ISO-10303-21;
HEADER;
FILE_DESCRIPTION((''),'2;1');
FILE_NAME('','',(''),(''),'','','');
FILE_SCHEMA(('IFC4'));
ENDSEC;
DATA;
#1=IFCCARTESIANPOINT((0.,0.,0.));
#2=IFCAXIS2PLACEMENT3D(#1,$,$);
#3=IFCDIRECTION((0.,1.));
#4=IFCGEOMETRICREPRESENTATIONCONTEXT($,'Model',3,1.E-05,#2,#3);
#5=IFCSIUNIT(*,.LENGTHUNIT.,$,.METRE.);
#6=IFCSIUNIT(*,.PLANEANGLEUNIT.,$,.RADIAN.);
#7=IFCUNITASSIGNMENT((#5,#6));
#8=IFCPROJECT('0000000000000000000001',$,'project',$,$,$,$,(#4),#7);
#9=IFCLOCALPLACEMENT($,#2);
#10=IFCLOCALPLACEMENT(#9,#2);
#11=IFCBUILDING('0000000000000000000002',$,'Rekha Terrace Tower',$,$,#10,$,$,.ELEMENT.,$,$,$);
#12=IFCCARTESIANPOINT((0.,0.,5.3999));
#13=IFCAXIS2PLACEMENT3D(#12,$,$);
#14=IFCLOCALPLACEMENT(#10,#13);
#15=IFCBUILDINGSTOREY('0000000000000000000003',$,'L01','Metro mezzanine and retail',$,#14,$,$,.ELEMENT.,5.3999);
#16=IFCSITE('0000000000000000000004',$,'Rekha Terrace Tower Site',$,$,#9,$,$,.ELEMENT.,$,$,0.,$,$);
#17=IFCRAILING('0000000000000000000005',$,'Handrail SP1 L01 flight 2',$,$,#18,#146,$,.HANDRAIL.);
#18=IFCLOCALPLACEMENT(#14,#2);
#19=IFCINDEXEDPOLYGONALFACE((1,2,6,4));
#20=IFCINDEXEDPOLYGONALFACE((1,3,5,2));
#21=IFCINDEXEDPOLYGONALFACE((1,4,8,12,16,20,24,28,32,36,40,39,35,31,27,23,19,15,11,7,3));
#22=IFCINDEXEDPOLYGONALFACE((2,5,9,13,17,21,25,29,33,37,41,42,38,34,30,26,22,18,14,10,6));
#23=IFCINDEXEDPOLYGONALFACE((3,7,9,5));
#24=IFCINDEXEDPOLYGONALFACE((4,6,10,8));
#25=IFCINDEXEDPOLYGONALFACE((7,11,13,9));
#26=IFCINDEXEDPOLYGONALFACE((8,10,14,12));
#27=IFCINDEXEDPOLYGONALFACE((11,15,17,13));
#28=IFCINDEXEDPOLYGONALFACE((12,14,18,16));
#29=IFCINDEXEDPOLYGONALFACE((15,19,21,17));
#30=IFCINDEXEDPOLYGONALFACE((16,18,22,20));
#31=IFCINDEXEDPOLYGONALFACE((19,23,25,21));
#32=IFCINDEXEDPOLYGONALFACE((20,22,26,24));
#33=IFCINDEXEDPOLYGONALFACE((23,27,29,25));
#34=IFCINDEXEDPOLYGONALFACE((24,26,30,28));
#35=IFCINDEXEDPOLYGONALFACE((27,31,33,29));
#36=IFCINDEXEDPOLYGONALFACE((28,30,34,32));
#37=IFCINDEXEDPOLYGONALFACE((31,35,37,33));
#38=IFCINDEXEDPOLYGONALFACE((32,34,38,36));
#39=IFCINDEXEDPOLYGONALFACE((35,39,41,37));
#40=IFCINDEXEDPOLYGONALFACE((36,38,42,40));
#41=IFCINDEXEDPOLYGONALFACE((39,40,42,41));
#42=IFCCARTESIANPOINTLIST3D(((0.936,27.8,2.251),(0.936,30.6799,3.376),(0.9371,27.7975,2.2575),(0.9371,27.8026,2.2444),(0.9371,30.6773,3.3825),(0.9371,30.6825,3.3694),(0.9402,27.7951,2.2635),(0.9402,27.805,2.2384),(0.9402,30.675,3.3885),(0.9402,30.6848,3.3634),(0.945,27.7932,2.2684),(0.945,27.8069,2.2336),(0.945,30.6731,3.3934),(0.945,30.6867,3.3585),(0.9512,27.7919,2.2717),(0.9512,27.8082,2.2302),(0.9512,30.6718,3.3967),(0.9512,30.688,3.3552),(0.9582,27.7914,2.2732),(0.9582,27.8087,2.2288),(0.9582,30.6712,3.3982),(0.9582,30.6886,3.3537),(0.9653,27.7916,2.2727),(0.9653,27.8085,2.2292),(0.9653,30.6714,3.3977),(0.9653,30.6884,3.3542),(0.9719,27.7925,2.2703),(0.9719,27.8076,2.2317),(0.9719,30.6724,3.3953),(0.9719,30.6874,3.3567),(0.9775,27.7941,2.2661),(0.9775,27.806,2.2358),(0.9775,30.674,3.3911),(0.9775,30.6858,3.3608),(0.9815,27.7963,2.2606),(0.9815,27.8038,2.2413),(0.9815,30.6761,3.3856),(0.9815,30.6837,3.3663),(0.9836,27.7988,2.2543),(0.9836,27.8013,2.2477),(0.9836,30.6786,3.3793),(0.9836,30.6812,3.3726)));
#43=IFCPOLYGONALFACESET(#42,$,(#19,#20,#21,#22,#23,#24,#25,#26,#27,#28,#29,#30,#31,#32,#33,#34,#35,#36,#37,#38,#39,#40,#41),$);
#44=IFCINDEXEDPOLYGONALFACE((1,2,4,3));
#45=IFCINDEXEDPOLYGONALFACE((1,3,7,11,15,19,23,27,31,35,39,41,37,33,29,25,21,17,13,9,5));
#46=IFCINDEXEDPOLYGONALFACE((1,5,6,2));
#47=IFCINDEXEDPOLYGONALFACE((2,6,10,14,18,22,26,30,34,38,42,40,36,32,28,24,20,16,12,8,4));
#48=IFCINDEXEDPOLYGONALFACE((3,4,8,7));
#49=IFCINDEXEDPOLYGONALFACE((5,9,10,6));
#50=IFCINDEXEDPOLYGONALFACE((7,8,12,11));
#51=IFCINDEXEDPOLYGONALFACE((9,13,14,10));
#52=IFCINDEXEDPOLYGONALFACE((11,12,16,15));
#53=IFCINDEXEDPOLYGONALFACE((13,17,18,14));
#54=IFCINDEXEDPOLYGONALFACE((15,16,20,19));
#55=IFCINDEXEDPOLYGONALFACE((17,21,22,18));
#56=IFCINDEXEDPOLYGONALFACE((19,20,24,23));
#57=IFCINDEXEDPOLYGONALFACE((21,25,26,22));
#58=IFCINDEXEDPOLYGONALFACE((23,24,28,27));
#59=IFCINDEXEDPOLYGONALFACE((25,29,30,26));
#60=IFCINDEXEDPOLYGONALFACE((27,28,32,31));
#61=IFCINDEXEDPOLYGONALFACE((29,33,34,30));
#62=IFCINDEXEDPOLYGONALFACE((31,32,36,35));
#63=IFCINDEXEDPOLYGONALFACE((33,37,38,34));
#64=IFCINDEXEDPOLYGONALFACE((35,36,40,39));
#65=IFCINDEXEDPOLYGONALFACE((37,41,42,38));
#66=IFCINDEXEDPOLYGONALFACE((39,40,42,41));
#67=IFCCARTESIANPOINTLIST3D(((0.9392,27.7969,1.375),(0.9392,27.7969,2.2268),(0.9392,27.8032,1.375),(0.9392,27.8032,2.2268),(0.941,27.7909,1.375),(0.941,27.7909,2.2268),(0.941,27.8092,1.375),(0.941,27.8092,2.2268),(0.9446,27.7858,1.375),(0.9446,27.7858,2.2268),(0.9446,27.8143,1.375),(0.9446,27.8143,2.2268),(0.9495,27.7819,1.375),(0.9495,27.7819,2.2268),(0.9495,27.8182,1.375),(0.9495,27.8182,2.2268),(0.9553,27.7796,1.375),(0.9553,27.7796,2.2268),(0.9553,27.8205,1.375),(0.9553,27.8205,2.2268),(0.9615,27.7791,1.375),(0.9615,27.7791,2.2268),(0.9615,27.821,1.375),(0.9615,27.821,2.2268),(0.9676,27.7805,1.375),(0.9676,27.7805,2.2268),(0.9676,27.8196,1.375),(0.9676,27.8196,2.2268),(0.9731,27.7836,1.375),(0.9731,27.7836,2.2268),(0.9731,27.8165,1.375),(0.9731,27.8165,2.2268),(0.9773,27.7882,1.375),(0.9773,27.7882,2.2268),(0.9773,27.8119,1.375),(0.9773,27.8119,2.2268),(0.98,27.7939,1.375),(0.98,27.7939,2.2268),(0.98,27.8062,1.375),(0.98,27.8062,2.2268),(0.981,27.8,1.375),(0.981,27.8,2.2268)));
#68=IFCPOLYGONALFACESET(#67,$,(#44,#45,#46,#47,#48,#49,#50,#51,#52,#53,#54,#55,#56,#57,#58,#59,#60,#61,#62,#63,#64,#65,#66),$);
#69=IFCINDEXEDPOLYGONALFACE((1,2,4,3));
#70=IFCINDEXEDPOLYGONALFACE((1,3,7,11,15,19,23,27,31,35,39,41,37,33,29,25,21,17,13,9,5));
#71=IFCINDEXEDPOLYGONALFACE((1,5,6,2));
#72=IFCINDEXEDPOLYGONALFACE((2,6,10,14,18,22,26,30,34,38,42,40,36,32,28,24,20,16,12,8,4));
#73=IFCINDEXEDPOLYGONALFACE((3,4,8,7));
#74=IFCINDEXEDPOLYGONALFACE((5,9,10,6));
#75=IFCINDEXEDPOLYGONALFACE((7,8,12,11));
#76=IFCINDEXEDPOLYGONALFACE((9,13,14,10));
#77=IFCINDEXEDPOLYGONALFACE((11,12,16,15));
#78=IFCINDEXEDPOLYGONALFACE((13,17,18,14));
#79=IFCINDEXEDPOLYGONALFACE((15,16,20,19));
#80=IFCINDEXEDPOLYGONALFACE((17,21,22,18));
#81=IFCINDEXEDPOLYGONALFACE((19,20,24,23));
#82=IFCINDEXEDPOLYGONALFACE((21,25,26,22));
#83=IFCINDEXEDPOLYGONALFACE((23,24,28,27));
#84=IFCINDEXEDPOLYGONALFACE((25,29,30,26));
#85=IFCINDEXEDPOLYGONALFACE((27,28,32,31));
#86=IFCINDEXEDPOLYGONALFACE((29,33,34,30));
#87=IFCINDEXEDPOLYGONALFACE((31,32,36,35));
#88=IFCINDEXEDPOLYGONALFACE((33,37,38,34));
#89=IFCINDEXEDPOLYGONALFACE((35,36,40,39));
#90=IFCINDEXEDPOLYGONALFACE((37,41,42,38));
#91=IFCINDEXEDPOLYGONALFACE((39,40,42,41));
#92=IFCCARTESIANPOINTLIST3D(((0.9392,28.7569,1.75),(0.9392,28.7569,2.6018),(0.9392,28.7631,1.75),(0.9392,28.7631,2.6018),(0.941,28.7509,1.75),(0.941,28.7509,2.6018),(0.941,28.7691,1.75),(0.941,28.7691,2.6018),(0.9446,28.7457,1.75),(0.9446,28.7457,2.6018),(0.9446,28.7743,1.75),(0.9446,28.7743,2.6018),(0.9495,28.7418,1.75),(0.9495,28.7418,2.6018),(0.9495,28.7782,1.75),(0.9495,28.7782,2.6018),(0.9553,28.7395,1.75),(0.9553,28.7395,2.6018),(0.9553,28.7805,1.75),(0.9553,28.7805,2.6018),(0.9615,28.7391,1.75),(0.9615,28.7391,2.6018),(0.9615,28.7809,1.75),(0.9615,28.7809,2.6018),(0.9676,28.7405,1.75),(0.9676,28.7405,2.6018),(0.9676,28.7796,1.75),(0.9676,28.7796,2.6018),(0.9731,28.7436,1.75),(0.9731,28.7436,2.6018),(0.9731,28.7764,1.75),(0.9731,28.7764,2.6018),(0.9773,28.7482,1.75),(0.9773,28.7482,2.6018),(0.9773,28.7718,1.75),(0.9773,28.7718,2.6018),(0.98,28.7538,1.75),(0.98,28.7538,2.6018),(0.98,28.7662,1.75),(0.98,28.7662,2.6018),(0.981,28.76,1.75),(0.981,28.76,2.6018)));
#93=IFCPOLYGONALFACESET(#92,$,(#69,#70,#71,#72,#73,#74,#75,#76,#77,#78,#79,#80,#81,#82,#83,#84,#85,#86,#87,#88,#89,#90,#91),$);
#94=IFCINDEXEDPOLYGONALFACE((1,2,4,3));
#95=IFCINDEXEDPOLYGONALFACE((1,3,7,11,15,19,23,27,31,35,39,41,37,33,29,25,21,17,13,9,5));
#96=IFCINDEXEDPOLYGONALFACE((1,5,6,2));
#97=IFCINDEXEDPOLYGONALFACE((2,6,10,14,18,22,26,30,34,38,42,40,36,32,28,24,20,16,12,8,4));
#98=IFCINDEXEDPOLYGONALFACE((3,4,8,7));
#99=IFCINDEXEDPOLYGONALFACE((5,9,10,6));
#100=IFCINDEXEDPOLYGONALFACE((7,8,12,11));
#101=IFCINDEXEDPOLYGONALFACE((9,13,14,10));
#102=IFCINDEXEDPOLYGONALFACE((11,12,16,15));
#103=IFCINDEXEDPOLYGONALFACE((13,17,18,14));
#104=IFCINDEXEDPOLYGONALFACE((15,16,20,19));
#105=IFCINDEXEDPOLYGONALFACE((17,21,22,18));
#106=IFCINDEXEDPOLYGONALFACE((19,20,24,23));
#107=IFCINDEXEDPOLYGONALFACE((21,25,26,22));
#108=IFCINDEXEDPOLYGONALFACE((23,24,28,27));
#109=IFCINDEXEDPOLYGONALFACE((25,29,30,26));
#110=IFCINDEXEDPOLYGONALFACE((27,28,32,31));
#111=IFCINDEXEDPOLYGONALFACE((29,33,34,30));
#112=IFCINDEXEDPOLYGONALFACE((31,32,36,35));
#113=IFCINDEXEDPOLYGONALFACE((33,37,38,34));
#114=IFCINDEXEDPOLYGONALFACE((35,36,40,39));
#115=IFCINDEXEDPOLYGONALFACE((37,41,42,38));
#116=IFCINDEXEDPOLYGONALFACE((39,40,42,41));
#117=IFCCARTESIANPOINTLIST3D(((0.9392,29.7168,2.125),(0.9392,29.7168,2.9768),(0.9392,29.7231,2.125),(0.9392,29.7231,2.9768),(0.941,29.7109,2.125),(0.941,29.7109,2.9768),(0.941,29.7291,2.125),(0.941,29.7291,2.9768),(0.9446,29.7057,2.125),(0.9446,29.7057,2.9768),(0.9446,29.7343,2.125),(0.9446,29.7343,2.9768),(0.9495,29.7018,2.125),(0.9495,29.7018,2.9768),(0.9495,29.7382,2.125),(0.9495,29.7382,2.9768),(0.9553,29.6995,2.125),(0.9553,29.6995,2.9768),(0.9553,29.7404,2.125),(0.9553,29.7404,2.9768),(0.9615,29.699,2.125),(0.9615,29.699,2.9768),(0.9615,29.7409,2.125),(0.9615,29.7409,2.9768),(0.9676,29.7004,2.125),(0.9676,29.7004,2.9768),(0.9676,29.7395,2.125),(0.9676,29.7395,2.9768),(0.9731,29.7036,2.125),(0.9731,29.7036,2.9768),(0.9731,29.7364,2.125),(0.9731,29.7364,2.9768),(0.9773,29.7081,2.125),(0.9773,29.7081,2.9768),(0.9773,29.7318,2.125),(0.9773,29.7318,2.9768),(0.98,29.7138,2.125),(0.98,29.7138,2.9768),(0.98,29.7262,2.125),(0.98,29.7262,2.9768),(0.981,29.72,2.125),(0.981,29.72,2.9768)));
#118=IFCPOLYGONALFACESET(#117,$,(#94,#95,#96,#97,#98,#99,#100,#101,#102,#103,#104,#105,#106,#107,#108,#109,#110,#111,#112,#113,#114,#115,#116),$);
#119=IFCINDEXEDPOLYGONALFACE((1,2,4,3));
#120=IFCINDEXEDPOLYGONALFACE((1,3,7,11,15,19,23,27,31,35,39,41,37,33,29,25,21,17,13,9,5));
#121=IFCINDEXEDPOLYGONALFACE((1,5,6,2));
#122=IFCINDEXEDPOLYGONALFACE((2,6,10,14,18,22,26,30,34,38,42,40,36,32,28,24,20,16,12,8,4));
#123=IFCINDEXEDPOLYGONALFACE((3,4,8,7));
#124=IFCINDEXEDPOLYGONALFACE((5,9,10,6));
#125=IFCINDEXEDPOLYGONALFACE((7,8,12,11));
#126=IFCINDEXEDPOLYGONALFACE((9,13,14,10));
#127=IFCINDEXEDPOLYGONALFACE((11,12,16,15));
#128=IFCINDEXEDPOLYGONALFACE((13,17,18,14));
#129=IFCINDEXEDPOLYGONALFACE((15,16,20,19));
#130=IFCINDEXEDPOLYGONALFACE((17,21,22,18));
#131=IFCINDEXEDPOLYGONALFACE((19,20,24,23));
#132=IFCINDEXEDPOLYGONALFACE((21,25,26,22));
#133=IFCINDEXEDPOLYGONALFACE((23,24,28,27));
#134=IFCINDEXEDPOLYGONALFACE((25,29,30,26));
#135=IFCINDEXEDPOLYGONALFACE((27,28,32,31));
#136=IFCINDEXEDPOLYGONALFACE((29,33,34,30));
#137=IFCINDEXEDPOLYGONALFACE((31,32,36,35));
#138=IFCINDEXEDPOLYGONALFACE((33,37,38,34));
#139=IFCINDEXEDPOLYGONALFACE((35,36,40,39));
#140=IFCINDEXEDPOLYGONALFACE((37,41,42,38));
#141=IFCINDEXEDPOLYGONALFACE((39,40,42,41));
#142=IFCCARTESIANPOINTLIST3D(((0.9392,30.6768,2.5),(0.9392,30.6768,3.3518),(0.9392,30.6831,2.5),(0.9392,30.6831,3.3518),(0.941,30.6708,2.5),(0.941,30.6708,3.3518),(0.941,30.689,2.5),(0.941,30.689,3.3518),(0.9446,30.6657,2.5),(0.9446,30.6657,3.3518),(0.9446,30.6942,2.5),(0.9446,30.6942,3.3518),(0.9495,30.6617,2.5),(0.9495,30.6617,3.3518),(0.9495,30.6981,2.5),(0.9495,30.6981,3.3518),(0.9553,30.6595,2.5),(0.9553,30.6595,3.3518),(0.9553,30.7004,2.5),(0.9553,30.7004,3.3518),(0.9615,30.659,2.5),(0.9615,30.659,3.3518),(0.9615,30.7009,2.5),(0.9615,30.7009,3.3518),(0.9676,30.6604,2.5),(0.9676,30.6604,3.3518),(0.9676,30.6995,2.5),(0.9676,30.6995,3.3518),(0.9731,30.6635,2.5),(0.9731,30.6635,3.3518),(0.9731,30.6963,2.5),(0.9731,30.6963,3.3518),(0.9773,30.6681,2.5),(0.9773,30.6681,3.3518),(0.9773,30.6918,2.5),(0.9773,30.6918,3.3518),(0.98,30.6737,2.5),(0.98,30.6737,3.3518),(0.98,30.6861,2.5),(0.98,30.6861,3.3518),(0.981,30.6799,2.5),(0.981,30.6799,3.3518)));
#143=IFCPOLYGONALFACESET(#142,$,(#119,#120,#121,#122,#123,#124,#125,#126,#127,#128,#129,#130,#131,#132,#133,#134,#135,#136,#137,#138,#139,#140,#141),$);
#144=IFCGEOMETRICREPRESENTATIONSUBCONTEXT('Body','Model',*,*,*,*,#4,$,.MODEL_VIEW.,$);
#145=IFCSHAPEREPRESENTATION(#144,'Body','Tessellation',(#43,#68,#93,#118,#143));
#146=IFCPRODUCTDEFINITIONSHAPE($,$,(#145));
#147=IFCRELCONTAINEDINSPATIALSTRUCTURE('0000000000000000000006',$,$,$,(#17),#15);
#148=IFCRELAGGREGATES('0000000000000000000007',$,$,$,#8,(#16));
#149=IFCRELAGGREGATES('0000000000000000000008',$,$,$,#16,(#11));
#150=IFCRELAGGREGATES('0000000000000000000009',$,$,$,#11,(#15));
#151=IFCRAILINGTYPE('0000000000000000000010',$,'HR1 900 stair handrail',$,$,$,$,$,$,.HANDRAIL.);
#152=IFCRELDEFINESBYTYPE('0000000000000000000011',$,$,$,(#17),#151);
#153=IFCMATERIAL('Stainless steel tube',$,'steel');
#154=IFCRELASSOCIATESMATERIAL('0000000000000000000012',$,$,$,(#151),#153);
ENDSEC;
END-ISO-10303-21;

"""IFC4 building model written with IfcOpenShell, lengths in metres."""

from ifc_helpers import new_model, si_unit, direction, frame, origin, origin_2d, place, context, subcontext, project, spatial, circle, extrude, material, type_object, element, save


model = new_model("IFC4")

# Units and contexts
model_context = context("Model", 3, precision=1e-05, world=origin(), true_north=direction((0.0, 1.0)))
body_context = subcontext(model_context, "Body", "Model", "MODEL_VIEW")
ifc_project = project(units=[si_unit("LENGTHUNIT", "METRE"), si_unit("PLANEANGLEUNIT", "RADIAN")], contexts=[model_context])

# Site, building, storey
site_placement = place(None, origin())
site = spatial("IfcSite", under=ifc_project, at=site_placement, Name="Rekha Terrace Tower Site", CompositionType="ELEMENT", RefElevation=0.0)
building_placement = place(site_placement, origin())
building = spatial("IfcBuilding", under=site, at=building_placement, Name="Rekha Terrace Tower", CompositionType="ELEMENT")
storey_placement = place(building_placement, frame((0.0, 0.0, 5.3999)))
storey = spatial("IfcBuildingStorey", under=building, at=storey_placement, Name="L01", Description="Metro mezzanine and retail", CompositionType="ELEMENT", Elevation=5.3999)

# Railing
ifc_material_1 = material(Name="Stainless steel tube", Category="steel")
railing_type_1 = type_object("IfcRailingType", Name="HR1 900 stair handrail", PredefinedType="HANDRAIL", material=ifc_material_1)
railing_1_placement = place(storey_placement, frame((0.96, 27.8, 1.375)))
element("IfcRailing", 1, at=railing_1_placement, inside=storey, type_object=railing_type_1, Name="Handrail SP1 L01 flight 2", PredefinedType="HANDRAIL", context=body_context, shape_type="SweptSolid", body=[
    extrude(circle(Radius=0.0239, at=origin_2d()), frame((0.0, 0.0, 0.876), z_axis=(0.0, 0.931452, 0.363863), x_axis=(-1.0, 0.0, 0.0)), (0.0, 0.0, 1.0), 3.0918),
    extrude(circle(Radius=0.021, at=origin_2d()), origin(), (0.0, 0.0, 1.0), 0.8518),
    extrude(circle(Radius=0.021, at=origin_2d()), frame((0.0, 0.96, 0.375)), (0.0, 0.0, 1.0), 0.8518),
    extrude(circle(Radius=0.021, at=origin_2d()), frame((0.0, 1.9199, 0.75)), (0.0, 0.0, 1.0), 0.8518),
    extrude(circle(Radius=0.021, at=origin_2d()), frame((0.0, 2.8799, 1.125)), (0.0, 0.0, 1.0), 0.8518),
])

save(model, "model.ifc")
